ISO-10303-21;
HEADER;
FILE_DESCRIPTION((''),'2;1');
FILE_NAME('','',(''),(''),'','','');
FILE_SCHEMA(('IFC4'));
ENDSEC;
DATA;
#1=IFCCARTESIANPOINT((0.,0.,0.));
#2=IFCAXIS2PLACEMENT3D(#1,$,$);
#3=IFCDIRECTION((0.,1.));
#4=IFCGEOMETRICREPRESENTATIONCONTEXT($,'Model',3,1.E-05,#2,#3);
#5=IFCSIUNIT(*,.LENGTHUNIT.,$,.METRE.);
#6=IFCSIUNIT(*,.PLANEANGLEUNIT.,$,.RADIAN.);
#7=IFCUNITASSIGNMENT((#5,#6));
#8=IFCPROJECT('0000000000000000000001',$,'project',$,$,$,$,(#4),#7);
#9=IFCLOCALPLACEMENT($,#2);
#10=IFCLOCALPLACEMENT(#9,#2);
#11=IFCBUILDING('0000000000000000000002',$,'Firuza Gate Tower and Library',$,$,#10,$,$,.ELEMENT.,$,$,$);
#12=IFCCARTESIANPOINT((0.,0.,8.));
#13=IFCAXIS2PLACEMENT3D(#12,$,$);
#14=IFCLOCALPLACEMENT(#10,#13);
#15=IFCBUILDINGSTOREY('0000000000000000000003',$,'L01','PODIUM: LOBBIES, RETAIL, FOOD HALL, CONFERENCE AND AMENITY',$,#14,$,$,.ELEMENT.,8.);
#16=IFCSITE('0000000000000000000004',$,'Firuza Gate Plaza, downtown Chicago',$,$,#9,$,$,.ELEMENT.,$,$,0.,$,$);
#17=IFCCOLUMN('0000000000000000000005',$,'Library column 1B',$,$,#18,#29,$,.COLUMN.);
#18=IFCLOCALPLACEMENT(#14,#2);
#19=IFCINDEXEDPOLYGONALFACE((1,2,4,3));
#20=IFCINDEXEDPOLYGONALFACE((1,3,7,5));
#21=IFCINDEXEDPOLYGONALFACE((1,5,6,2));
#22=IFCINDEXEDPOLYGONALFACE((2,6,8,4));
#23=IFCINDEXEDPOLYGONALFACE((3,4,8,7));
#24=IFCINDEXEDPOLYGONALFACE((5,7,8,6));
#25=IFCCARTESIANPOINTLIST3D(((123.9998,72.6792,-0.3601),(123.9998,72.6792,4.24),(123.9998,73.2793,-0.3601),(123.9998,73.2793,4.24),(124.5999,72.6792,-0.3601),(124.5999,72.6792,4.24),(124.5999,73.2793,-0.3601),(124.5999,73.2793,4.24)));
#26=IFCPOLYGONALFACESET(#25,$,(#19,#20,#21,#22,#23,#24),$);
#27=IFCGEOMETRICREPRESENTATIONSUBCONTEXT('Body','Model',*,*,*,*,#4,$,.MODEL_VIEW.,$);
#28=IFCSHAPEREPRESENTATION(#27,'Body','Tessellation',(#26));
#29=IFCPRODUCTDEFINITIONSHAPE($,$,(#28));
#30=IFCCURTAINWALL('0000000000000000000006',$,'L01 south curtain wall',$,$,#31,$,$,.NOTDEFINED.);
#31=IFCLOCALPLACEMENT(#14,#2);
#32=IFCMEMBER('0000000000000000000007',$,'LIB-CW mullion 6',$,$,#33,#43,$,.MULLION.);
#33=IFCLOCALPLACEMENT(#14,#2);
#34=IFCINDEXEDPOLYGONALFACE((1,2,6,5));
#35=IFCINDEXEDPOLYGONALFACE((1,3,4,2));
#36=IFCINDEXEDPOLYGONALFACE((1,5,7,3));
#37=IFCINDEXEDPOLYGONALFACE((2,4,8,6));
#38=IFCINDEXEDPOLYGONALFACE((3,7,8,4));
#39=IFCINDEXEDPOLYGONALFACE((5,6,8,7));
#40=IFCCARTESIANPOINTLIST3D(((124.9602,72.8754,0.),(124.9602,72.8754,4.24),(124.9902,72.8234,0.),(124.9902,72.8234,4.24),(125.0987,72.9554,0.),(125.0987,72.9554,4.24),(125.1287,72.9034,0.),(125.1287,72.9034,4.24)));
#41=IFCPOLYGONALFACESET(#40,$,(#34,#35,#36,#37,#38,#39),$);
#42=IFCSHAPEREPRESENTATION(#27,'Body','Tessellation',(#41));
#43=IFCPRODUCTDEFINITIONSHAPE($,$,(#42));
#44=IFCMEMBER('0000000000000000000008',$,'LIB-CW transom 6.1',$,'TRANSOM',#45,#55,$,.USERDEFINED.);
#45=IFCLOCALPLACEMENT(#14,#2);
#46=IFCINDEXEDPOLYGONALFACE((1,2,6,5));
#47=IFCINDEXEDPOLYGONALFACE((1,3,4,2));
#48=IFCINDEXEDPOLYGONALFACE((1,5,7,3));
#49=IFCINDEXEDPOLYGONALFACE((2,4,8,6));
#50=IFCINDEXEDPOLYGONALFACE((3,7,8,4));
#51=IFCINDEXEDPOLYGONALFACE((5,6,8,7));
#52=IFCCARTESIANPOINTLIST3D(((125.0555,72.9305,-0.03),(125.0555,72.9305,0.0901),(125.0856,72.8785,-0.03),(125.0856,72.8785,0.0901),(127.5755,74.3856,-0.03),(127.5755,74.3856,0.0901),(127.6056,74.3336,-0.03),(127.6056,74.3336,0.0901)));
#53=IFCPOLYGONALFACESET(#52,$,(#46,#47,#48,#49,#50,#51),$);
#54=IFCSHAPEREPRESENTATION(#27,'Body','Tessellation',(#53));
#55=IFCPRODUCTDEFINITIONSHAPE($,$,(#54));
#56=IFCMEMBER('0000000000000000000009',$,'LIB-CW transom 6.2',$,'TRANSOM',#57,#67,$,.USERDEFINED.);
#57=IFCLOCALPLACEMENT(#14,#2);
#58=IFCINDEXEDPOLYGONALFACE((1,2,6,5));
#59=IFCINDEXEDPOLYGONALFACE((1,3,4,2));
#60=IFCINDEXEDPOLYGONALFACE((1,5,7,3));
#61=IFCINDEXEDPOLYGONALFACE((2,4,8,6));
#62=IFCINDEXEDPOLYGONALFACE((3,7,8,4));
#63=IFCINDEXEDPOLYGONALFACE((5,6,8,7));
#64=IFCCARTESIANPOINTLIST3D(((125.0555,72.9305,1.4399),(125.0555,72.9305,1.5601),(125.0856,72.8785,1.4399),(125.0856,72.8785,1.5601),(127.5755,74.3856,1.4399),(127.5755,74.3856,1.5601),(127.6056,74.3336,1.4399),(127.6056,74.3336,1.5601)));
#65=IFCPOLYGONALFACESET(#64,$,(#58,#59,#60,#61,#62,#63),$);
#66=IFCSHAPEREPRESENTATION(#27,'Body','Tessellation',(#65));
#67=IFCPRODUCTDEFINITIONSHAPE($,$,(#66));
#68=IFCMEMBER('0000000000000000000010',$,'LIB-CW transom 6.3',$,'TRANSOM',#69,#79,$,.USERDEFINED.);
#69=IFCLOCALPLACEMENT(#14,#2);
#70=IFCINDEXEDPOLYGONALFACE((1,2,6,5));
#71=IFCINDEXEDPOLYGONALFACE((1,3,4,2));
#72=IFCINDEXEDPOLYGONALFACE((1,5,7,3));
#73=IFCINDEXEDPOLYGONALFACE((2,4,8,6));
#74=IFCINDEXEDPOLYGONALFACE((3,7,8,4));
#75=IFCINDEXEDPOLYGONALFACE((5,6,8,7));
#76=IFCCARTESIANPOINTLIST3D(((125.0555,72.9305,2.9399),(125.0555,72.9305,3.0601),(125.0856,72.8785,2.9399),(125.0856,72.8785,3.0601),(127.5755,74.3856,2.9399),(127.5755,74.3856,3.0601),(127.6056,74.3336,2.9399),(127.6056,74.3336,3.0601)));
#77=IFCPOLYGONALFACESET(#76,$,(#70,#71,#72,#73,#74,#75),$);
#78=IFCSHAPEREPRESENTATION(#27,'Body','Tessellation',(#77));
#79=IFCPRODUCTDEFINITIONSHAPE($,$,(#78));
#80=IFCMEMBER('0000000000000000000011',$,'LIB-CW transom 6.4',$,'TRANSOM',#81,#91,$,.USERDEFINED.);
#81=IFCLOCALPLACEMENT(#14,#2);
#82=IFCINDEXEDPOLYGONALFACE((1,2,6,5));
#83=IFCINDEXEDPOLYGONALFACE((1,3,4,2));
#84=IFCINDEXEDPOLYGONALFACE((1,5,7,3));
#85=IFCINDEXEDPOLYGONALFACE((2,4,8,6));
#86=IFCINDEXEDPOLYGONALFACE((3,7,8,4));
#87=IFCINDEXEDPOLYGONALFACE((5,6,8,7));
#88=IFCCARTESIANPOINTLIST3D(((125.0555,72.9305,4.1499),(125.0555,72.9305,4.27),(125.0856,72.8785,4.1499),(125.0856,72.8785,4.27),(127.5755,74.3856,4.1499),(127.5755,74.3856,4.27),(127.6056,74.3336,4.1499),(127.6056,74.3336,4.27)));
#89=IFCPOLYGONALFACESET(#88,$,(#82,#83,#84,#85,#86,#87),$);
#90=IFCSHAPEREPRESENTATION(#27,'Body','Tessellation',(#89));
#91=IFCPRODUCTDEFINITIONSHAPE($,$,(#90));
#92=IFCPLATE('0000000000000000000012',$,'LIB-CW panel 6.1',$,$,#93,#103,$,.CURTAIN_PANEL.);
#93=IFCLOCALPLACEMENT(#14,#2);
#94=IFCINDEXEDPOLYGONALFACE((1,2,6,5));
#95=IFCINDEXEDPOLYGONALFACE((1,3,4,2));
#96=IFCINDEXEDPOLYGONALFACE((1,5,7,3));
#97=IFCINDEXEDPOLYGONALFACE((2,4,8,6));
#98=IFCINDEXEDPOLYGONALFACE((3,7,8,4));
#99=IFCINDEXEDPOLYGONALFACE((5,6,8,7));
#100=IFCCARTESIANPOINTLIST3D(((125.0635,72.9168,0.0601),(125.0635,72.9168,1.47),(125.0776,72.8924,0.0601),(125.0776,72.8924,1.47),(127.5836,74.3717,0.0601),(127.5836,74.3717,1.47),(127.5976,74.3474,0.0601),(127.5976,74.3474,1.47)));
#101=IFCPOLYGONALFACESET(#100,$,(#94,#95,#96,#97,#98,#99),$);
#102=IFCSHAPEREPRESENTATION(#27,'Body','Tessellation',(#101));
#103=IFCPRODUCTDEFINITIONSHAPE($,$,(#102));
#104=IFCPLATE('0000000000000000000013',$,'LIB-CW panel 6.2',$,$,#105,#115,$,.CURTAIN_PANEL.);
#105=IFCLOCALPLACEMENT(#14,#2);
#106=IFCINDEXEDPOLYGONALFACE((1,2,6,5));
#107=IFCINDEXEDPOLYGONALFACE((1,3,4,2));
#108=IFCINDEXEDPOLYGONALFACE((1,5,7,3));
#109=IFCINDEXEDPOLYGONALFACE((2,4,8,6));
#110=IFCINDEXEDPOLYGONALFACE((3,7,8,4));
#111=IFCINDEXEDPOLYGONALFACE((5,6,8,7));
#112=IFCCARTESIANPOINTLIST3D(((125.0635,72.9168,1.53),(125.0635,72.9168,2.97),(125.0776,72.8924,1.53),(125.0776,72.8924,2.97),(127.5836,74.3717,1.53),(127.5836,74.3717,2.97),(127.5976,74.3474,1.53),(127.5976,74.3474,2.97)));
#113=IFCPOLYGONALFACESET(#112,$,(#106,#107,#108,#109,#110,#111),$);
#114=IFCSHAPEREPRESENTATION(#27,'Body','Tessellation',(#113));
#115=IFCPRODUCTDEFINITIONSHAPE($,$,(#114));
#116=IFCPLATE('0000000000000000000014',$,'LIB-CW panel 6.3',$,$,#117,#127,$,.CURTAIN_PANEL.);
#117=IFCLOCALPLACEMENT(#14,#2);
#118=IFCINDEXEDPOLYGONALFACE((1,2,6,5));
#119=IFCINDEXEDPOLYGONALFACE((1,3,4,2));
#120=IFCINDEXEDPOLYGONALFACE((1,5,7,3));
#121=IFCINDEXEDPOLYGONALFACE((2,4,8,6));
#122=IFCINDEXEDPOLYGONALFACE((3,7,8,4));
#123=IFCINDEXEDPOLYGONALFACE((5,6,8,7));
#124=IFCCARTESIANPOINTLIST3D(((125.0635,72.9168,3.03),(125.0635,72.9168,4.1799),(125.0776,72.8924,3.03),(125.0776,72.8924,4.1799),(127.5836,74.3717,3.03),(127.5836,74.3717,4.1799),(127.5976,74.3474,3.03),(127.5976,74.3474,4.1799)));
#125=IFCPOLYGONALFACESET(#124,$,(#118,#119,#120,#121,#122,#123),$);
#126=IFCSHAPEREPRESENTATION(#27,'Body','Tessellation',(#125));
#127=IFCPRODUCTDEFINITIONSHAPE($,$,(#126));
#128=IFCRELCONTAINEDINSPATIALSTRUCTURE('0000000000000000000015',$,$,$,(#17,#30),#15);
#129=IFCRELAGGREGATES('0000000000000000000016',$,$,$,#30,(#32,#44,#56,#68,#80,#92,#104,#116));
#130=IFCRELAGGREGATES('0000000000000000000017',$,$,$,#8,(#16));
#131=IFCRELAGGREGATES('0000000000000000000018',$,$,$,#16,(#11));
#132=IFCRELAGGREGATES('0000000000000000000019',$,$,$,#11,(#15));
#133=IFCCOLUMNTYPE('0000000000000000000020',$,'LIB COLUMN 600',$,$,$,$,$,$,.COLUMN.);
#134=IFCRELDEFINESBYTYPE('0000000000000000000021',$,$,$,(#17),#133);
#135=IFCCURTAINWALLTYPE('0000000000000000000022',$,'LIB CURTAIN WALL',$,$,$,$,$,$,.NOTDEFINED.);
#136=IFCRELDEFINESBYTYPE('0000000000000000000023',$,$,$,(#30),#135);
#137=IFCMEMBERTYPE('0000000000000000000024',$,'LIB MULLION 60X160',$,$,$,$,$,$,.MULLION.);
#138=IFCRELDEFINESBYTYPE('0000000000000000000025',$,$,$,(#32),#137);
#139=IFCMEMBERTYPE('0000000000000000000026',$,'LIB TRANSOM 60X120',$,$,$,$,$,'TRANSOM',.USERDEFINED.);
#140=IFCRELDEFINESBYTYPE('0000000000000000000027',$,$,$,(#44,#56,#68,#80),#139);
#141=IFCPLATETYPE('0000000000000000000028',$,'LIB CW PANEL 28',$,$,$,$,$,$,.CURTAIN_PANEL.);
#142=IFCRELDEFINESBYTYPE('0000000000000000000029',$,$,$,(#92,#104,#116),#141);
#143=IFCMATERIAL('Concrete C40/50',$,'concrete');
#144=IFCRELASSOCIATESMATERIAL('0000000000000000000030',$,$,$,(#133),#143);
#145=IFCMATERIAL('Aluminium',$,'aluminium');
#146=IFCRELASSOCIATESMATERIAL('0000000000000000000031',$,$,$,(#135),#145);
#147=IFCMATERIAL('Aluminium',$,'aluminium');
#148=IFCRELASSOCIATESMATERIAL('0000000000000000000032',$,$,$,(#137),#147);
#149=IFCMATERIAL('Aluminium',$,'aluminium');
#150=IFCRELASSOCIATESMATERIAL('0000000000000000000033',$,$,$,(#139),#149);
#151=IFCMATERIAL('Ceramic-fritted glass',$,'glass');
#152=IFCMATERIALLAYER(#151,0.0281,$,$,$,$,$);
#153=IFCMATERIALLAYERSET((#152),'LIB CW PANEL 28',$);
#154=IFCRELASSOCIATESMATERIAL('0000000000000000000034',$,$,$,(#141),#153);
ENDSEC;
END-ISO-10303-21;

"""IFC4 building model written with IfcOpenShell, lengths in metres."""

from ifc_helpers import new_model, si_unit, direction, frame, origin, origin_2d, place, context, subcontext, project, spatial, rectangle, extrude, material, layer, layer_set, material_profile, profile_set, type_object, element, aggregate, save


model = new_model("IFC4")

# Units and contexts
model_context = context("Model", 3, precision=1e-05, world=origin(), true_north=direction((0.0, 1.0)))
body_context = subcontext(model_context, "Body", "Model", "MODEL_VIEW")
ifc_project = project(units=[si_unit("LENGTHUNIT", "METRE"), si_unit("PLANEANGLEUNIT", "RADIAN")], contexts=[model_context])

# Site, building, storey
site_placement = place(None, origin())
site = spatial("IfcSite", under=ifc_project, at=site_placement, Name="Firuza Gate Plaza, downtown Chicago", CompositionType="ELEMENT", RefElevation=0.0)
building_placement = place(site_placement, origin())
building = spatial("IfcBuilding", under=site, at=building_placement, Name="Firuza Gate Tower and Library", CompositionType="ELEMENT")
storey_placement = place(building_placement, frame((0.0, 0.0, 8.0)))
storey = spatial("IfcBuildingStorey", under=building, at=storey_placement, Name="L01", Description="PODIUM: LOBBIES, RETAIL, FOOD HALL, CONFERENCE AND AMENITY", CompositionType="ELEMENT", Elevation=8.0)

# Column
ifc_material_1 = material(Name="Concrete C40/50", Category="concrete")
ifc_material_profile_1 = material_profile(ifc_material_1, rectangle(XDim=0.6001, YDim=0.6001, at=origin_2d()))
ifc_profile_set_1 = profile_set([ifc_material_profile_1], Name="Concrete C40/50")
column_type = type_object("IfcColumnType", Name="LIB COLUMN 600", PredefinedType="COLUMN", material=ifc_profile_set_1)
column_placement = place(storey_placement, frame((124.2998, 72.9792, -0.3601), z_axis=(0.0, 0.0, 1.0), x_axis=(1.0, 0.0, 0.0)))
element("IfcColumn", 1, at=column_placement, inside=storey, type_object=column_type, Name="Library column 1B", PredefinedType="COLUMN", context=body_context, shape_type="SweptSolid", body=[
    extrude(rectangle(XDim=0.6001, YDim=0.6001, at=origin_2d()), origin(), (0.0, 0.0, 1.0), 4.6001),
])

# Curtain wall, members, plates
ifc_material_2 = material(Name="Aluminium", Category="aluminium")
curtain_wall_type = type_object("IfcCurtainWallType", Name="LIB CURTAIN WALL", PredefinedType="NOTDEFINED", material=ifc_material_2)
curtain_wall_placement = place(storey_placement, origin())
curtain_wall = element("IfcCurtainWall", 2, at=curtain_wall_placement, inside=storey, type_object=curtain_wall_type, Name="L01 south curtain wall", PredefinedType="NOTDEFINED")
ifc_material_3 = material(Name="Aluminium", Category="aluminium")
ifc_material_profile_2 = material_profile(ifc_material_3, rectangle(XDim=0.0601, YDim=0.1599, at=origin_2d()))
ifc_profile_set_2 = profile_set([ifc_material_profile_2], Name="Aluminium")
member_type_1 = type_object("IfcMemberType", Name="LIB MULLION 60X160", PredefinedType="MULLION", material=ifc_profile_set_2)
member_1_placement = place(storey_placement, frame((125.0444, 72.8894, 0.0), z_axis=(0.0, 0.0, 1.0), x_axis=(-0.500001, 0.866025, 0.0)))
member_1 = element("IfcMember", 3, at=member_1_placement, type_object=member_type_1, Name="LIB-CW mullion 6", PredefinedType="MULLION", context=body_context, shape_type="SweptSolid", body=[
    extrude(rectangle(XDim=0.0601, YDim=0.1599, at=origin_2d()), origin(), (0.0, 0.0, 1.0), 4.24),
])
ifc_material_4 = material(Name="Aluminium", Category="aluminium")
ifc_material_profile_3 = material_profile(ifc_material_4, rectangle(XDim=0.0601, YDim=0.1201, at=origin_2d()))
ifc_profile_set_3 = profile_set([ifc_material_profile_3], Name="Aluminium")
member_type_2 = type_object("IfcMemberType", Name="LIB TRANSOM 60X120", ElementType="TRANSOM", PredefinedType="USERDEFINED", material=ifc_profile_set_3)
member_2_placement = place(storey_placement, frame((125.0706, 72.9045, 0.03), z_axis=(0.866004, 0.500037, 0.0), x_axis=(-0.500037, 0.866004, 0.0)))
member_2 = element("IfcMember", 4, at=member_2_placement, type_object=member_type_2, Name="LIB-CW transom 6.1", ObjectType="TRANSOM", PredefinedType="USERDEFINED", context=body_context, shape_type="SweptSolid", body=[
    extrude(rectangle(XDim=0.0601, YDim=0.1201, at=origin_2d()), origin(), (0.0, 0.0, 1.0), 2.9099),
])
member_3_placement = place(storey_placement, frame((125.0706, 72.9045, 1.5), z_axis=(0.866004, 0.500037, 0.0), x_axis=(-0.500037, 0.866004, 0.0)))
member_3 = element("IfcMember", 5, at=member_3_placement, type_object=member_type_2, Name="LIB-CW transom 6.2", ObjectType="TRANSOM", PredefinedType="USERDEFINED", context=body_context, shape_type="SweptSolid", body=[
    extrude(rectangle(XDim=0.0601, YDim=0.1201, at=origin_2d()), origin(), (0.0, 0.0, 1.0), 2.9099),
])
member_4_placement = place(storey_placement, frame((125.0706, 72.9045, 3.0), z_axis=(0.866004, 0.500037, 0.0), x_axis=(-0.500037, 0.866004, 0.0)))
member_4 = element("IfcMember", 6, at=member_4_placement, type_object=member_type_2, Name="LIB-CW transom 6.3", ObjectType="TRANSOM", PredefinedType="USERDEFINED", context=body_context, shape_type="SweptSolid", body=[
    extrude(rectangle(XDim=0.0601, YDim=0.1201, at=origin_2d()), origin(), (0.0, 0.0, 1.0), 2.9099),
])
member_5_placement = place(storey_placement, frame((125.0706, 72.9045, 4.21), z_axis=(0.866004, 0.500037, 0.0), x_axis=(-0.500037, 0.866004, 0.0)))
member_5 = element("IfcMember", 7, at=member_5_placement, type_object=member_type_2, Name="LIB-CW transom 6.4", ObjectType="TRANSOM", PredefinedType="USERDEFINED", context=body_context, shape_type="SweptSolid", body=[
    extrude(rectangle(XDim=0.0601, YDim=0.1201, at=origin_2d()), origin(), (0.0, 0.0, 1.0), 2.9099),
])
ifc_material_5 = material(Name="Ceramic-fritted glass", Category="glass")
ifc_layer = layer(ifc_material_5, 0.0281)
ifc_layer_set = layer_set([ifc_layer], Name="LIB CW PANEL 28")
plate_type = type_object("IfcPlateType", Name="LIB CW PANEL 28", PredefinedType="CURTAIN_PANEL", material=ifc_layer_set)
plate_1_placement = place(storey_placement, frame((126.3306, 73.6321, 0.0601), z_axis=(0.0, 0.0, 1.0), x_axis=(0.866025, 0.500001, 0.0)))
plate_1 = element("IfcPlate", 8, at=plate_1_placement, type_object=plate_type, Name="LIB-CW panel 6.1", PredefinedType="CURTAIN_PANEL", context=body_context, shape_type="SweptSolid", body=[
    extrude(rectangle(XDim=2.9099, YDim=0.0281, at=origin_2d()), origin(), (0.0, 0.0, 1.0), 1.4099),
])
plate_2_placement = place(storey_placement, frame((126.3306, 73.6321, 1.53), z_axis=(0.0, 0.0, 1.0), x_axis=(0.866025, 0.500001, 0.0)))
plate_2 = element("IfcPlate", 9, at=plate_2_placement, type_object=plate_type, Name="LIB-CW panel 6.2", PredefinedType="CURTAIN_PANEL", context=body_context, shape_type="SweptSolid", body=[
    extrude(rectangle(XDim=2.9099, YDim=0.0281, at=origin_2d()), origin(), (0.0, 0.0, 1.0), 1.4399),
])
plate_3_placement = place(storey_placement, frame((126.3306, 73.6321, 3.03), z_axis=(0.0, 0.0, 1.0), x_axis=(0.866025, 0.500001, 0.0)))
plate_3 = element("IfcPlate", 10, at=plate_3_placement, type_object=plate_type, Name="LIB-CW panel 6.3", PredefinedType="CURTAIN_PANEL", context=body_context, shape_type="SweptSolid", body=[
    extrude(rectangle(XDim=2.9099, YDim=0.0281, at=origin_2d()), origin(), (0.0, 0.0, 1.0), 1.1499),
])
aggregate(curtain_wall, [member_1, member_2, member_3, member_4, member_5, plate_1, plate_2, plate_3])

save(model, "model.ifc")
